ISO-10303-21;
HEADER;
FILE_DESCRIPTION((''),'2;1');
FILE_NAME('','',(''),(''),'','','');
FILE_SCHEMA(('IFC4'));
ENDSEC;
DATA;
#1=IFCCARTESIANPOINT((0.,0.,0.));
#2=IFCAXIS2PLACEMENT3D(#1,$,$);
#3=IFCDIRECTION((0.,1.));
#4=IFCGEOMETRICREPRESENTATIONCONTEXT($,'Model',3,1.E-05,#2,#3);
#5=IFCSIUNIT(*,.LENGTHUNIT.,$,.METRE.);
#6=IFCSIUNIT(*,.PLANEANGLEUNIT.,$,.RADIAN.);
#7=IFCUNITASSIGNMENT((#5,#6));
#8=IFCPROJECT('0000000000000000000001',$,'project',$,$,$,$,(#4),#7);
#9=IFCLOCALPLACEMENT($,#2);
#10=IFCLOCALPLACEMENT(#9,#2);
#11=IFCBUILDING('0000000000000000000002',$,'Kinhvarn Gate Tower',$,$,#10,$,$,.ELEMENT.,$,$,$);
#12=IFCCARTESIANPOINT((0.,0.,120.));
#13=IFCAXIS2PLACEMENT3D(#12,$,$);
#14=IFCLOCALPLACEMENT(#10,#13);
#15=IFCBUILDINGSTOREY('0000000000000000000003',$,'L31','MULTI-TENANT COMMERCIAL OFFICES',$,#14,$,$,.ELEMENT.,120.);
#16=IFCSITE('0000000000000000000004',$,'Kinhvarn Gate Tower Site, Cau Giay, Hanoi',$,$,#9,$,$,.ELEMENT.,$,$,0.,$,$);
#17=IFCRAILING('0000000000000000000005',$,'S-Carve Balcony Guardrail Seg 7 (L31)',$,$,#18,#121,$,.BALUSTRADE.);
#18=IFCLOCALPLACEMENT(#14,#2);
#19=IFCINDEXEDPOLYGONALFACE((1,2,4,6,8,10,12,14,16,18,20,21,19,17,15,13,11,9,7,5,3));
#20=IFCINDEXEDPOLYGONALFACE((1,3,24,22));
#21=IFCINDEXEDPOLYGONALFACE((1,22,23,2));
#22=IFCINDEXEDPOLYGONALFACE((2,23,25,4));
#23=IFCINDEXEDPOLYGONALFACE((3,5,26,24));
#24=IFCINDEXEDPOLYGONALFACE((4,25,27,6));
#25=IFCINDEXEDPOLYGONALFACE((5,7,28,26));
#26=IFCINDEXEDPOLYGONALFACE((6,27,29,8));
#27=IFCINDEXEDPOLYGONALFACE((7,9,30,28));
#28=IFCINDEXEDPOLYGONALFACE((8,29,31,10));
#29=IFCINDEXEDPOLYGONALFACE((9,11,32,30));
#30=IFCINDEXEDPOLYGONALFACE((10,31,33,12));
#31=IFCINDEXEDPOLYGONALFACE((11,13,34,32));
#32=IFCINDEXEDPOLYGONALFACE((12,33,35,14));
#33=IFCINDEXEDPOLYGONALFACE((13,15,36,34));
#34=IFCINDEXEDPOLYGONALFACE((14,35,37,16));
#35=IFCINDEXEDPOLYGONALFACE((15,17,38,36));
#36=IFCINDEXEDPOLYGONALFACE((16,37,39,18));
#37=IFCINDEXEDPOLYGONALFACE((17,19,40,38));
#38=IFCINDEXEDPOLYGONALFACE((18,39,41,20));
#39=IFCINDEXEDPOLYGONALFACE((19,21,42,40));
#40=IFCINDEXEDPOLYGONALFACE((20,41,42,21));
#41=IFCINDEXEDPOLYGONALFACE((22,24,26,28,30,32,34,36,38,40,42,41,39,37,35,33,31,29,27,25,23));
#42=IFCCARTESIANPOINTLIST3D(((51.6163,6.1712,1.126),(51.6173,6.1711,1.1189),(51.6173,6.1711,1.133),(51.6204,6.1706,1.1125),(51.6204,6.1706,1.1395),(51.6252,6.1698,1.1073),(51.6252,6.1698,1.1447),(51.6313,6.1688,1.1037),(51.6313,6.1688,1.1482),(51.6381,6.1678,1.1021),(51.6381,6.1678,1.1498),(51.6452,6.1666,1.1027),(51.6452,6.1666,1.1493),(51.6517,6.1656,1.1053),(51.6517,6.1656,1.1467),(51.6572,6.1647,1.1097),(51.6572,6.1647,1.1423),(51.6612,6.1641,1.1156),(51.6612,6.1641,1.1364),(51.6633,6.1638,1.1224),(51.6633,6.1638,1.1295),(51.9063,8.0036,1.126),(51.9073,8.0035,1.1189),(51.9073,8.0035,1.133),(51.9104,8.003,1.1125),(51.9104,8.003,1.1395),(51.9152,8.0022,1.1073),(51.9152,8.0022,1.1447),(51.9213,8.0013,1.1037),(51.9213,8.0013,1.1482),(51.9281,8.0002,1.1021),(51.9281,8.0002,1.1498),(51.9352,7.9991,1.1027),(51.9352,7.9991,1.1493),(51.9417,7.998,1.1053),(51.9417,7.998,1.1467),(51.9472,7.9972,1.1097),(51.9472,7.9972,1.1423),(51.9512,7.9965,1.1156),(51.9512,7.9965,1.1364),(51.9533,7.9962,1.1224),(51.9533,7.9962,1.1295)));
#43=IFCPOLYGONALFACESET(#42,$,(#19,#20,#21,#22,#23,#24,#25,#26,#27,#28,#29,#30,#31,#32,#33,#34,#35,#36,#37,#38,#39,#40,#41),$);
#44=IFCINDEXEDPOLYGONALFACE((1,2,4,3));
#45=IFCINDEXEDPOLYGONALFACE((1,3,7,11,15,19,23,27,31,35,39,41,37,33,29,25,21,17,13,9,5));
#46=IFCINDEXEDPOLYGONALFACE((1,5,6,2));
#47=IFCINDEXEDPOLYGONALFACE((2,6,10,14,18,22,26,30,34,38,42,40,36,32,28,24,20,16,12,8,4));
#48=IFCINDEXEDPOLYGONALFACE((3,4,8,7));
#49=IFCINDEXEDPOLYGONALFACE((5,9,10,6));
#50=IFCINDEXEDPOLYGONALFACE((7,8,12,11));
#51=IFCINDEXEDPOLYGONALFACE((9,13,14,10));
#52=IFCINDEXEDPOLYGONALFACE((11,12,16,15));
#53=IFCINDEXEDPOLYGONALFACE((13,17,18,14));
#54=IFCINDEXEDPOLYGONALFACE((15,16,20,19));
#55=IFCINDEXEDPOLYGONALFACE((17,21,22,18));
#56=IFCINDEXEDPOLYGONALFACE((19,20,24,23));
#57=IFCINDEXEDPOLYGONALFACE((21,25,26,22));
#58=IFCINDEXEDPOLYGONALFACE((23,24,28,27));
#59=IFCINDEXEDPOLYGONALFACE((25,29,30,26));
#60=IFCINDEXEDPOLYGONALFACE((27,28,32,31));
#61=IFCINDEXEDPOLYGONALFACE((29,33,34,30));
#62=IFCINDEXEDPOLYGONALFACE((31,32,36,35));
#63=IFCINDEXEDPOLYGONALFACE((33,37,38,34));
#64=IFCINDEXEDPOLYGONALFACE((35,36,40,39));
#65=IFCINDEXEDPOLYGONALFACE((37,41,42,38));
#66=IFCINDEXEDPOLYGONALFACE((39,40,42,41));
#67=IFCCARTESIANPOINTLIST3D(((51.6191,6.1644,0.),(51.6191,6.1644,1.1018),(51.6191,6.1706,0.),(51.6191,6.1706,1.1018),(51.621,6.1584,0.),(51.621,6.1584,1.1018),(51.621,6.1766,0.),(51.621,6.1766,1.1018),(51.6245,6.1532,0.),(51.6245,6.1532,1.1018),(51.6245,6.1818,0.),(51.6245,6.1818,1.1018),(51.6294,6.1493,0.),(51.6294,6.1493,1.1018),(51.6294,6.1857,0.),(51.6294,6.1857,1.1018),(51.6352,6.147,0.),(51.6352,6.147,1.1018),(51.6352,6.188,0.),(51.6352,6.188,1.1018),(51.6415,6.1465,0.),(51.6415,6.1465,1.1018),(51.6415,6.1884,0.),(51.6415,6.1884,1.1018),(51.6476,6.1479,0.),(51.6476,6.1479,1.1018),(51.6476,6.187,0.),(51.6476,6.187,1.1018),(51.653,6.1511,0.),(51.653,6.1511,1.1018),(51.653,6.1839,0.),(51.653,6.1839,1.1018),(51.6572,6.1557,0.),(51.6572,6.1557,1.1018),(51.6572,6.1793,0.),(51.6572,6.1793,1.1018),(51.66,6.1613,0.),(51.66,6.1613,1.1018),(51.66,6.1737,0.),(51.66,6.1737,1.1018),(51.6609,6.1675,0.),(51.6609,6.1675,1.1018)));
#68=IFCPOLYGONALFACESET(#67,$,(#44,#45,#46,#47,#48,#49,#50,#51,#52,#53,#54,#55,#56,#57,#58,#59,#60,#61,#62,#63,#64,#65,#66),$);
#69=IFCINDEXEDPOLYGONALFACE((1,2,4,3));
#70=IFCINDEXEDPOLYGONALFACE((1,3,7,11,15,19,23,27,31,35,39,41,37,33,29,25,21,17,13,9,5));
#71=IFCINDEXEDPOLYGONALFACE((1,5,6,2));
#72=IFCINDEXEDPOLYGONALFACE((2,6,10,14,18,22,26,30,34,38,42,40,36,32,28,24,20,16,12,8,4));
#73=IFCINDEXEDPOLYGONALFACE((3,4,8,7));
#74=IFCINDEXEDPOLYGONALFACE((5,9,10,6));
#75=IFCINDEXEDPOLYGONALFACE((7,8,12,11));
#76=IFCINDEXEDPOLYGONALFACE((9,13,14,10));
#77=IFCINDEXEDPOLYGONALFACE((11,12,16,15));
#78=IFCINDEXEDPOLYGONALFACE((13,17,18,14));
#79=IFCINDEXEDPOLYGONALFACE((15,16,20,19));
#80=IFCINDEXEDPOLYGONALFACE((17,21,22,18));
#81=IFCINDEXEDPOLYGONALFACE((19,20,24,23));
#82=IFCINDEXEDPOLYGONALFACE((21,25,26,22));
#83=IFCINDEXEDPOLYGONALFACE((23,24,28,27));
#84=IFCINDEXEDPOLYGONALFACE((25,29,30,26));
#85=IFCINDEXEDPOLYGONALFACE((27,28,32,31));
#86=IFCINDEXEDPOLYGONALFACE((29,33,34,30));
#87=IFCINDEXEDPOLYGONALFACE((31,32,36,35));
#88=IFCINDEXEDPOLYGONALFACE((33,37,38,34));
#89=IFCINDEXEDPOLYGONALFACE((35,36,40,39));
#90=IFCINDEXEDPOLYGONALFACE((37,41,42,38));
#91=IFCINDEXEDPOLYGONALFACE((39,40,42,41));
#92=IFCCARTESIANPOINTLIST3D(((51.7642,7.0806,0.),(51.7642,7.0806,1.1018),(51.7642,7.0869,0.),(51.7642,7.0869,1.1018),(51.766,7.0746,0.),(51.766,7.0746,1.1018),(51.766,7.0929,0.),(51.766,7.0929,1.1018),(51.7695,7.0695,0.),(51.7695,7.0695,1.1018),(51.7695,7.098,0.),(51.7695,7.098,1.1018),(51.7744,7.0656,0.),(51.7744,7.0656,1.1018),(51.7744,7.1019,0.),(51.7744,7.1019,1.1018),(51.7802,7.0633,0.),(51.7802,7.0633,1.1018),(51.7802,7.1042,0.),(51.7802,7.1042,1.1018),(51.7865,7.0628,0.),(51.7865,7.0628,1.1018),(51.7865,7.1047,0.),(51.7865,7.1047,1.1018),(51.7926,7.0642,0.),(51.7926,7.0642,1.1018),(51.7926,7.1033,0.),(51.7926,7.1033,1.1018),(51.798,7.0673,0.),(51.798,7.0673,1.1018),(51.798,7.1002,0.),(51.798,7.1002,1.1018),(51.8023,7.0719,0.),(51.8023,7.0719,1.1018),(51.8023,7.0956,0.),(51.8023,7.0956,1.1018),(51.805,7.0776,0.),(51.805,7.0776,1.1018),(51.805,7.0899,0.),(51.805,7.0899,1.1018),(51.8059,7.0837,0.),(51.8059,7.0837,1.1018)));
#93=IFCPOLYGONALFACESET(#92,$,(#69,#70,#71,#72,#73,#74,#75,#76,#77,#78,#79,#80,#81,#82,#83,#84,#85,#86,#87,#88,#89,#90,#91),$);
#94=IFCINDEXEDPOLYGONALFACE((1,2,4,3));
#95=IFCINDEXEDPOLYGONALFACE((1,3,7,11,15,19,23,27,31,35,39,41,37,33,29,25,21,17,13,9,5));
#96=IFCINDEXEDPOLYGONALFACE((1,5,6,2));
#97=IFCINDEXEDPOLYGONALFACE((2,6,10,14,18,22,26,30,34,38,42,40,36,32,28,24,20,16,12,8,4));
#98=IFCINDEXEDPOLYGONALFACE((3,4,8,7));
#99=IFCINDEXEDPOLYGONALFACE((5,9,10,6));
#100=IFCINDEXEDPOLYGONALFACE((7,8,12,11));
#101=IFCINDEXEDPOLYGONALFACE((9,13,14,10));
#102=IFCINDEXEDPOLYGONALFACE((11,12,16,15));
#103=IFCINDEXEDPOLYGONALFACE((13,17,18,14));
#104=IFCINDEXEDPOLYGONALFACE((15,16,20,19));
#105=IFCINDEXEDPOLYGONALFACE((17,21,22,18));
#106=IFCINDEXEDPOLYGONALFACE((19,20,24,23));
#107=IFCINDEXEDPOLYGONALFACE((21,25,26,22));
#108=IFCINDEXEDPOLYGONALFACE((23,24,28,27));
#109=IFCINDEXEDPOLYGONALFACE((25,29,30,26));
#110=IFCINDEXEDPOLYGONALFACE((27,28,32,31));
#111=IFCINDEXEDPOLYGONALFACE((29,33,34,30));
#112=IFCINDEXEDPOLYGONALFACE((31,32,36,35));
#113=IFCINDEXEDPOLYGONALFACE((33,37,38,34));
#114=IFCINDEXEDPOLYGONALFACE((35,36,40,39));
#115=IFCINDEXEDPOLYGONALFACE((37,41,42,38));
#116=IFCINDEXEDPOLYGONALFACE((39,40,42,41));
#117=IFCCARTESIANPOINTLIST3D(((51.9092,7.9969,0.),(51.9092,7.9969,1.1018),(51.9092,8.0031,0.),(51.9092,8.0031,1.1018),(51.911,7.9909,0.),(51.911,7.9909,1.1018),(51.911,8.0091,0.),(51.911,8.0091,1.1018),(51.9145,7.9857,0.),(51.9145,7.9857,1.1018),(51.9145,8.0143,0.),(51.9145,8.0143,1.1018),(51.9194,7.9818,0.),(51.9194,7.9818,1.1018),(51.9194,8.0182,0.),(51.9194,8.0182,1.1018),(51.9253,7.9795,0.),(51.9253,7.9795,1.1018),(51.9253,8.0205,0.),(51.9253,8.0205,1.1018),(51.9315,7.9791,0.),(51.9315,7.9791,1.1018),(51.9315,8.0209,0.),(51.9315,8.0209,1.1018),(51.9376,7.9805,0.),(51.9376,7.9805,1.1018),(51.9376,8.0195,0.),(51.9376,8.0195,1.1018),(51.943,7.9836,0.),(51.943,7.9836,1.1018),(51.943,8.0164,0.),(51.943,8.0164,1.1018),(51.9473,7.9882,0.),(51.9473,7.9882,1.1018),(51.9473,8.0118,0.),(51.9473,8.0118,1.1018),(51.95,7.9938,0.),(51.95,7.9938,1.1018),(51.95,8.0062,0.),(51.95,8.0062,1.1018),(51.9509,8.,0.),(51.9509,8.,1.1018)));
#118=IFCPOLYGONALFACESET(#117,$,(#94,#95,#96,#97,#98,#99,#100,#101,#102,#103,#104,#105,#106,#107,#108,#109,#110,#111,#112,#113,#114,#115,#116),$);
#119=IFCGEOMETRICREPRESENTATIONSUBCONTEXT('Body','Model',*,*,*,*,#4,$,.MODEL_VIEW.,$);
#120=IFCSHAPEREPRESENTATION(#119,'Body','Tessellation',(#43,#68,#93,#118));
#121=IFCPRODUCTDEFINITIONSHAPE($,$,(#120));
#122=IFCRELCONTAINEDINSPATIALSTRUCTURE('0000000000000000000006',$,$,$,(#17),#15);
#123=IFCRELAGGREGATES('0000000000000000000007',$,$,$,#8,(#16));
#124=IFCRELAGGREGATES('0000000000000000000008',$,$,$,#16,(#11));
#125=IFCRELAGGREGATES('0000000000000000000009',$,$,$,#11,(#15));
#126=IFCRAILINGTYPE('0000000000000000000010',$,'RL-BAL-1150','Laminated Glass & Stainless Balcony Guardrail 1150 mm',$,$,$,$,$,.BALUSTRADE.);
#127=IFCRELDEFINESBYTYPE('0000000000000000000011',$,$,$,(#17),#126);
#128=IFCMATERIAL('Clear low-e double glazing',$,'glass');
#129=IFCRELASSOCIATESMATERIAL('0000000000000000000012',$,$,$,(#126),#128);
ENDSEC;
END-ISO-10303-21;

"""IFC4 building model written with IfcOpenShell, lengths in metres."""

from ifc_helpers import new_model, si_unit, direction, frame, origin, origin_2d, place, context, subcontext, project, spatial, circle, extrude, material, type_object, element, save


model = new_model("IFC4")

# Units and contexts
model_context = context("Model", 3, precision=1e-05, world=origin(), true_north=direction((0.0, 1.0)))
body_context = subcontext(model_context, "Body", "Model", "MODEL_VIEW")
ifc_project = project(units=[si_unit("LENGTHUNIT", "METRE"), si_unit("PLANEANGLEUNIT", "RADIAN")], contexts=[model_context])

# Site, building, storey
site_placement = place(None, origin())
site = spatial("IfcSite", under=ifc_project, at=site_placement, Name="Kinhvarn Gate Tower Site, Cau Giay, Hanoi", CompositionType="ELEMENT", RefElevation=0.0)
building_placement = place(site_placement, origin())
building = spatial("IfcBuilding", under=site, at=building_placement, Name="Kinhvarn Gate Tower", CompositionType="ELEMENT")
storey_placement = place(building_placement, frame((0.0, 0.0, 120.0)))
storey = spatial("IfcBuildingStorey", under=building, at=storey_placement, Name="L31", Description="MULTI-TENANT COMMERCIAL OFFICES", CompositionType="ELEMENT", Elevation=120.0)

# Shared definitions
ifc_material_1 = material(Name="Clear low-e double glazing", Category="glass")

# Railing
railing_type = type_object("IfcRailingType", Name="RL-BAL-1150", Description="Laminated Glass & Stainless Balcony Guardrail 1150 mm", PredefinedType="BALUSTRADE", material=ifc_material_1)
railing_1_placement = place(storey_placement, frame((51.6399, 6.1675, 0.0)))
element("IfcRailing", 1, at=railing_1_placement, inside=storey, type_object=railing_type, Name="S-Carve Balcony Guardrail Seg 7 (L31)", PredefinedType="BALUSTRADE", context=body_context, shape_type="SweptSolid", body=[
    extrude(circle(Radius=0.0239, at=origin_2d()), frame((0.0, 0.0, 1.126), z_axis=(0.156327, 0.987705, 0.0), x_axis=(-0.987705, 0.156327, 0.0)), (0.0, 0.0, 1.0), 1.8552),
    extrude(circle(Radius=0.021, at=origin_2d()), origin(), (0.0, 0.0, 1.0), 1.1018),
    extrude(circle(Radius=0.021, at=origin_2d()), frame((0.145, 0.9163, 0.0)), (0.0, 0.0, 1.0), 1.1018),
    extrude(circle(Radius=0.021, at=origin_2d()), frame((0.29, 1.8325, 0.0)), (0.0, 0.0, 1.0), 1.1018),
])

save(model, "model.ifc")
